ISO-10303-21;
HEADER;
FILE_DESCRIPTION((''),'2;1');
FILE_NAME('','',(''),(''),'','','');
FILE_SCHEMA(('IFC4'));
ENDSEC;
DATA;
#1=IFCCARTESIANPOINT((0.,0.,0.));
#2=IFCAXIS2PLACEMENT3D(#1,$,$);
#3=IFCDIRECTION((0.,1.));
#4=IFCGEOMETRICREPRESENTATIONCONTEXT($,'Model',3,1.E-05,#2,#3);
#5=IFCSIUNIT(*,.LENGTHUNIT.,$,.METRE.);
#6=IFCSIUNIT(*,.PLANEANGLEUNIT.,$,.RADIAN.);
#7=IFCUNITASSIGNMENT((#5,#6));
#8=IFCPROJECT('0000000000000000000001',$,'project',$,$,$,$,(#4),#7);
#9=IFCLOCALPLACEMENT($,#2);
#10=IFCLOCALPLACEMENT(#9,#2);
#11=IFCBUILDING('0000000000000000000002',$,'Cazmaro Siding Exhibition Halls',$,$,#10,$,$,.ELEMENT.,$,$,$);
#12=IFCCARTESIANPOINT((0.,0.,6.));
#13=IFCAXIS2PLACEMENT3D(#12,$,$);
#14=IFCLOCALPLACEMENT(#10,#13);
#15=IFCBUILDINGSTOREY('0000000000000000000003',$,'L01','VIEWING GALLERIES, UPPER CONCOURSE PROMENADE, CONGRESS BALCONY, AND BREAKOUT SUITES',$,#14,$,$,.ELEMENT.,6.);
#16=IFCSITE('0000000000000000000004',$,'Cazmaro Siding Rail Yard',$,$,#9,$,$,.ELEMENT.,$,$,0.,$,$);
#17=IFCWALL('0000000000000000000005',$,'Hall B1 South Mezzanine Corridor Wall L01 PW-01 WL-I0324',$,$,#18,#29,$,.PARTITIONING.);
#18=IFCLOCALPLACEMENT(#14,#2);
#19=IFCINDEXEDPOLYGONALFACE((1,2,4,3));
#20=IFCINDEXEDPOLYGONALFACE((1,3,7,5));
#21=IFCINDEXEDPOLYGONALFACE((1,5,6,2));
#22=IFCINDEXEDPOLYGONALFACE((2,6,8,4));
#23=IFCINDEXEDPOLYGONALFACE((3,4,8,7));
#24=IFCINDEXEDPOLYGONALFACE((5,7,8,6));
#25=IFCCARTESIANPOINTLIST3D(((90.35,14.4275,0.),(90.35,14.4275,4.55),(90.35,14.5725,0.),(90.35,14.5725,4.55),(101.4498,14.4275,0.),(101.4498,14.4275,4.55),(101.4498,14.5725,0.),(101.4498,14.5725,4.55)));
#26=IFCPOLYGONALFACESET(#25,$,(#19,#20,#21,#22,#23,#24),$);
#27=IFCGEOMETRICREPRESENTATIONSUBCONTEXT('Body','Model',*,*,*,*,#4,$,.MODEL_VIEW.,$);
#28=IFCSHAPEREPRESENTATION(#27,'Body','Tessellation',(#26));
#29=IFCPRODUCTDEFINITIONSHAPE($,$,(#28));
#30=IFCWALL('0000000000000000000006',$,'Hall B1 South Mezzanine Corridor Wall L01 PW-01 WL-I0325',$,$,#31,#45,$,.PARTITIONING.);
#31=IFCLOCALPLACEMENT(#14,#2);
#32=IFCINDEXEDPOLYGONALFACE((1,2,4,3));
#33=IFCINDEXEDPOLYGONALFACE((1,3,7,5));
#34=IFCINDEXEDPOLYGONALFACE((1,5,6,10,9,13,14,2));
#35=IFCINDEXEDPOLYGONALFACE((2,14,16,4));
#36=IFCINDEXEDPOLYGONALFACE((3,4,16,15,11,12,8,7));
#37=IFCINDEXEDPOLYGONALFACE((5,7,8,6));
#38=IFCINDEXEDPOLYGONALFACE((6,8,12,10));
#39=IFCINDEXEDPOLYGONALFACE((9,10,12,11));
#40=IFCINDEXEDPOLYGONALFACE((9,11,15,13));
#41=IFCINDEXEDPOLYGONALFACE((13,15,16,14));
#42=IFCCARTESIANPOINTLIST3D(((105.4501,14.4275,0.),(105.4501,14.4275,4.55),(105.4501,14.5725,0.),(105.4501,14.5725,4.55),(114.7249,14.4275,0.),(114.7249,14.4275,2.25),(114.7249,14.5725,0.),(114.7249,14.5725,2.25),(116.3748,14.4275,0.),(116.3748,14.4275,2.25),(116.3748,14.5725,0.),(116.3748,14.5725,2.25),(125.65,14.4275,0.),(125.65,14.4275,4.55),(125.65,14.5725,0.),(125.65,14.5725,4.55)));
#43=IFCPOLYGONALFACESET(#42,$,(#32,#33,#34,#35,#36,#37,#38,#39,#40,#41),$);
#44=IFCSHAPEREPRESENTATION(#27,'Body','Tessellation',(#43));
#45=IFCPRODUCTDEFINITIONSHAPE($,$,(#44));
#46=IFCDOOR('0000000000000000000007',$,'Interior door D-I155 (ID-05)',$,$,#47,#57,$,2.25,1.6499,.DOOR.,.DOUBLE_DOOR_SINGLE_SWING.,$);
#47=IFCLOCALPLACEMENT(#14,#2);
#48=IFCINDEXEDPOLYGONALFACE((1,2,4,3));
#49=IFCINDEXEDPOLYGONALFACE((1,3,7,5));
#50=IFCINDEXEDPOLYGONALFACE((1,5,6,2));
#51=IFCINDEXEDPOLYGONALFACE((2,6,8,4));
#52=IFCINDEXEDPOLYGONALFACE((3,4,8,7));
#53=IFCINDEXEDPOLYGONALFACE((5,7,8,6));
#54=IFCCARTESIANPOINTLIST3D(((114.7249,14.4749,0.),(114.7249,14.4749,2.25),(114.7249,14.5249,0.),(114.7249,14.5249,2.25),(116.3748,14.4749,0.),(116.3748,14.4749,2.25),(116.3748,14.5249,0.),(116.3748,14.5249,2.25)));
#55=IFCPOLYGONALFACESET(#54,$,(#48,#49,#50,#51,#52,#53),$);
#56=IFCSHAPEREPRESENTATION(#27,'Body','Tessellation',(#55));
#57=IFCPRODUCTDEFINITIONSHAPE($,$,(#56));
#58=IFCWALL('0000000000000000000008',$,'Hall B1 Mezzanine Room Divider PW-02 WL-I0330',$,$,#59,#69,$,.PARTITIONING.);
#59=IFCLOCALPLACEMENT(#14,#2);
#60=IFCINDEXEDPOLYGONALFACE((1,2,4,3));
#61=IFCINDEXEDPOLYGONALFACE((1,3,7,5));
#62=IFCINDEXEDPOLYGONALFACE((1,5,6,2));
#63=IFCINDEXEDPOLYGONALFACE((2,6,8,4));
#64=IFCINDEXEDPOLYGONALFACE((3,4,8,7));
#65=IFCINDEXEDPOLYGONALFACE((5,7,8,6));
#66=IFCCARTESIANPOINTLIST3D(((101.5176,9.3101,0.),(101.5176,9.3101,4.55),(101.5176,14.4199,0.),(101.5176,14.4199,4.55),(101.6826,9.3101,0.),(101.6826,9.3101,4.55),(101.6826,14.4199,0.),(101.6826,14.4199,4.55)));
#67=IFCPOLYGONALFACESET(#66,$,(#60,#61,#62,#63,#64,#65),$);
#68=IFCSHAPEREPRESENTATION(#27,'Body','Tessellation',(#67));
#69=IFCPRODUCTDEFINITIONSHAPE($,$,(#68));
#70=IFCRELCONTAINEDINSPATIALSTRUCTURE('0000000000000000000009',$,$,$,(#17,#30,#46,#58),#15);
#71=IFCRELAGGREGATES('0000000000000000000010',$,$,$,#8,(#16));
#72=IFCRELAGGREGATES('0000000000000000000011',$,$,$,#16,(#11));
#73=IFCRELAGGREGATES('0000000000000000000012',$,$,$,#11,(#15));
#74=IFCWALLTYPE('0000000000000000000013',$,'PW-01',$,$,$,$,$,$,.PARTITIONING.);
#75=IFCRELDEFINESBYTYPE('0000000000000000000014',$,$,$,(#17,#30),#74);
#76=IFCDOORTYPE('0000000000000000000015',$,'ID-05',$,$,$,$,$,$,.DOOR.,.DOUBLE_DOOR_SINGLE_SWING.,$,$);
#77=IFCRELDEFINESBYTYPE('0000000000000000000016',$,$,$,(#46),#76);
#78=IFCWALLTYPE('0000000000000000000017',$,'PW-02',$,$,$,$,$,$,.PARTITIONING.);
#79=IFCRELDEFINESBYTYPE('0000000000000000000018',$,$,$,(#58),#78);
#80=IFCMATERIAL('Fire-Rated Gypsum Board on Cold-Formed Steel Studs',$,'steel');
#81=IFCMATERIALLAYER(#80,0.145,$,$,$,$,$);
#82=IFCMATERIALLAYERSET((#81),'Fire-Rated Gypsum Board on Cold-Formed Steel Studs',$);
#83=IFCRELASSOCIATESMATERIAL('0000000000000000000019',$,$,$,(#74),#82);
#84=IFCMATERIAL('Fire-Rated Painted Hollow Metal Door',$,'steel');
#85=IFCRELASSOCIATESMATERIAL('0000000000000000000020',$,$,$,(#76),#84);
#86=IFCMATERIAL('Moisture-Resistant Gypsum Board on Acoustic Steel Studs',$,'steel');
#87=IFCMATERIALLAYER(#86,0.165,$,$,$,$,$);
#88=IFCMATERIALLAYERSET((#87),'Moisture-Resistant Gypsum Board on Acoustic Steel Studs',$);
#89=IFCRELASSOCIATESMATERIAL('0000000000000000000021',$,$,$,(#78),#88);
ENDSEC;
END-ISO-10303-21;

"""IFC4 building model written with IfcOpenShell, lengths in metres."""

from ifc_helpers import new_model, si_unit, direction, frame, frame_2d, origin, place, context, subcontext, project, spatial, rectangle, extrude, material, layer, layer_set, type_object, element, fill, save


model = new_model("IFC4")

# Units and contexts
model_context = context("Model", 3, precision=1e-05, world=origin(), true_north=direction((0.0, 1.0)))
body_context = subcontext(model_context, "Body", "Model", "MODEL_VIEW")
ifc_project = project(units=[si_unit("LENGTHUNIT", "METRE"), si_unit("PLANEANGLEUNIT", "RADIAN")], contexts=[model_context])

# Site, building, storey
site_placement = place(None, origin())
site = spatial("IfcSite", under=ifc_project, at=site_placement, Name="Cazmaro Siding Rail Yard", CompositionType="ELEMENT", RefElevation=0.0)
building_placement = place(site_placement, origin())
building = spatial("IfcBuilding", under=site, at=building_placement, Name="Cazmaro Siding Exhibition Halls", CompositionType="ELEMENT")
storey_placement = place(building_placement, frame((0.0, 0.0, 6.0)))
storey = spatial("IfcBuildingStorey", under=building, at=storey_placement, Name="L01", Description="VIEWING GALLERIES, UPPER CONCOURSE PROMENADE, CONGRESS BALCONY, AND BREAKOUT SUITES", CompositionType="ELEMENT", Elevation=6.0)

# Wall
ifc_material_1 = material(Name="Fire-Rated Gypsum Board on Cold-Formed Steel Studs", Category="steel")
ifc_layer_1 = layer(ifc_material_1, 0.145)
ifc_layer_set_1 = layer_set([ifc_layer_1], Name="Fire-Rated Gypsum Board on Cold-Formed Steel Studs")
wall_type_1 = type_object("IfcWallType", Name="PW-01", PredefinedType="PARTITIONING", material=ifc_layer_set_1)
wall_1_placement = place(storey_placement, frame((90.3501, 14.5, 0.0), z_axis=(0.0, 0.0, 1.0), x_axis=(1.0, 0.0, 0.0)))
element("IfcWall", 1, at=wall_1_placement, inside=storey, type_object=wall_type_1, Name="Hall B1 South Mezzanine Corridor Wall L01 PW-01 WL-I0324", PredefinedType="PARTITIONING", context=body_context, shape_type="SweptSolid", body=[
    extrude(rectangle(XDim=11.0999, YDim=0.145, at=frame_2d((5.5498, 0.0))), origin(), (0.0, 0.0, 1.0), 4.55),
])

# Wall, opening, door
wall_2_placement = place(storey_placement, frame((105.45, 14.5, 0.0), z_axis=(0.0, 0.0, 1.0), x_axis=(1.0, 0.0, 0.0)))
wall_2 = element("IfcWall", 2, at=wall_2_placement, inside=storey, type_object=wall_type_1, Name="Hall B1 South Mezzanine Corridor Wall L01 PW-01 WL-I0325", PredefinedType="PARTITIONING", context=body_context, shape_type="SweptSolid", body=[
    extrude(rectangle(XDim=20.2, YDim=0.145, at=frame_2d((10.1001, 0.0))), origin(), (0.0, 0.0, 1.0), 4.55),
])
opening_1_placement = place(wall_2_placement, frame((9.2749, 0.0, 0.0)))
opening_1 = element("IfcOpeningElement", 3, at=opening_1_placement, cuts=wall_2, PredefinedType="OPENING", context=body_context, shape_type="SweptSolid", body=[
    extrude(rectangle(XDim=1.6499, YDim=2.25, at=frame_2d((0.825, 1.125))), frame((0.0, 0.0825, 0.0), z_axis=(0.0, -1.0, 0.0), x_axis=(1.0, 0.0, 0.0)), (0.0, 0.0, 1.0), 0.165),
])
ifc_material_2 = material(Name="Fire-Rated Painted Hollow Metal Door", Category="steel")
door_type = type_object("IfcDoorType", Name="ID-05", OperationType="DOUBLE_DOOR_SINGLE_SWING", PredefinedType="DOOR", material=ifc_material_2)
door_placement = place(opening_1_placement, origin())
door = element("IfcDoor", 4, at=door_placement, inside=storey, type_object=door_type, Name="Interior door D-I155 (ID-05)", OperationType="DOUBLE_DOOR_SINGLE_SWING", OverallHeight=2.25, OverallWidth=1.6499, PredefinedType="DOOR", context=body_context, shape_type="SweptSolid", body=[
    extrude(rectangle(XDim=1.6499, YDim=2.25, at=frame_2d((0.825, 1.125))), frame((0.0, 0.0249, 0.0), z_axis=(0.0, -1.0, 0.0), x_axis=(1.0, 0.0, 0.0)), (0.0, 0.0, 1.0), 0.05),
])
fill(opening_1, door)

# Wall
ifc_material_3 = material(Name="Moisture-Resistant Gypsum Board on Acoustic Steel Studs", Category="steel")
ifc_layer_2 = layer(ifc_material_3, 0.165)
ifc_layer_set_2 = layer_set([ifc_layer_2], Name="Moisture-Resistant Gypsum Board on Acoustic Steel Studs")
wall_type_2 = type_object("IfcWallType", Name="PW-02", PredefinedType="PARTITIONING", material=ifc_layer_set_2)
wall_3_placement = place(storey_placement, frame((101.6001, 9.3101, 0.0), z_axis=(0.0, 0.0, 1.0), x_axis=(0.0, 1.0, 0.0)))
element("IfcWall", 5, at=wall_3_placement, inside=storey, type_object=wall_type_2, Name="Hall B1 Mezzanine Room Divider PW-02 WL-I0330", PredefinedType="PARTITIONING", context=body_context, shape_type="SweptSolid", body=[
    extrude(rectangle(XDim=5.1099, YDim=0.165, at=frame_2d((2.5549, 0.0))), origin(), (0.0, 0.0, 1.0), 4.55),
])

save(model, "model.ifc")
